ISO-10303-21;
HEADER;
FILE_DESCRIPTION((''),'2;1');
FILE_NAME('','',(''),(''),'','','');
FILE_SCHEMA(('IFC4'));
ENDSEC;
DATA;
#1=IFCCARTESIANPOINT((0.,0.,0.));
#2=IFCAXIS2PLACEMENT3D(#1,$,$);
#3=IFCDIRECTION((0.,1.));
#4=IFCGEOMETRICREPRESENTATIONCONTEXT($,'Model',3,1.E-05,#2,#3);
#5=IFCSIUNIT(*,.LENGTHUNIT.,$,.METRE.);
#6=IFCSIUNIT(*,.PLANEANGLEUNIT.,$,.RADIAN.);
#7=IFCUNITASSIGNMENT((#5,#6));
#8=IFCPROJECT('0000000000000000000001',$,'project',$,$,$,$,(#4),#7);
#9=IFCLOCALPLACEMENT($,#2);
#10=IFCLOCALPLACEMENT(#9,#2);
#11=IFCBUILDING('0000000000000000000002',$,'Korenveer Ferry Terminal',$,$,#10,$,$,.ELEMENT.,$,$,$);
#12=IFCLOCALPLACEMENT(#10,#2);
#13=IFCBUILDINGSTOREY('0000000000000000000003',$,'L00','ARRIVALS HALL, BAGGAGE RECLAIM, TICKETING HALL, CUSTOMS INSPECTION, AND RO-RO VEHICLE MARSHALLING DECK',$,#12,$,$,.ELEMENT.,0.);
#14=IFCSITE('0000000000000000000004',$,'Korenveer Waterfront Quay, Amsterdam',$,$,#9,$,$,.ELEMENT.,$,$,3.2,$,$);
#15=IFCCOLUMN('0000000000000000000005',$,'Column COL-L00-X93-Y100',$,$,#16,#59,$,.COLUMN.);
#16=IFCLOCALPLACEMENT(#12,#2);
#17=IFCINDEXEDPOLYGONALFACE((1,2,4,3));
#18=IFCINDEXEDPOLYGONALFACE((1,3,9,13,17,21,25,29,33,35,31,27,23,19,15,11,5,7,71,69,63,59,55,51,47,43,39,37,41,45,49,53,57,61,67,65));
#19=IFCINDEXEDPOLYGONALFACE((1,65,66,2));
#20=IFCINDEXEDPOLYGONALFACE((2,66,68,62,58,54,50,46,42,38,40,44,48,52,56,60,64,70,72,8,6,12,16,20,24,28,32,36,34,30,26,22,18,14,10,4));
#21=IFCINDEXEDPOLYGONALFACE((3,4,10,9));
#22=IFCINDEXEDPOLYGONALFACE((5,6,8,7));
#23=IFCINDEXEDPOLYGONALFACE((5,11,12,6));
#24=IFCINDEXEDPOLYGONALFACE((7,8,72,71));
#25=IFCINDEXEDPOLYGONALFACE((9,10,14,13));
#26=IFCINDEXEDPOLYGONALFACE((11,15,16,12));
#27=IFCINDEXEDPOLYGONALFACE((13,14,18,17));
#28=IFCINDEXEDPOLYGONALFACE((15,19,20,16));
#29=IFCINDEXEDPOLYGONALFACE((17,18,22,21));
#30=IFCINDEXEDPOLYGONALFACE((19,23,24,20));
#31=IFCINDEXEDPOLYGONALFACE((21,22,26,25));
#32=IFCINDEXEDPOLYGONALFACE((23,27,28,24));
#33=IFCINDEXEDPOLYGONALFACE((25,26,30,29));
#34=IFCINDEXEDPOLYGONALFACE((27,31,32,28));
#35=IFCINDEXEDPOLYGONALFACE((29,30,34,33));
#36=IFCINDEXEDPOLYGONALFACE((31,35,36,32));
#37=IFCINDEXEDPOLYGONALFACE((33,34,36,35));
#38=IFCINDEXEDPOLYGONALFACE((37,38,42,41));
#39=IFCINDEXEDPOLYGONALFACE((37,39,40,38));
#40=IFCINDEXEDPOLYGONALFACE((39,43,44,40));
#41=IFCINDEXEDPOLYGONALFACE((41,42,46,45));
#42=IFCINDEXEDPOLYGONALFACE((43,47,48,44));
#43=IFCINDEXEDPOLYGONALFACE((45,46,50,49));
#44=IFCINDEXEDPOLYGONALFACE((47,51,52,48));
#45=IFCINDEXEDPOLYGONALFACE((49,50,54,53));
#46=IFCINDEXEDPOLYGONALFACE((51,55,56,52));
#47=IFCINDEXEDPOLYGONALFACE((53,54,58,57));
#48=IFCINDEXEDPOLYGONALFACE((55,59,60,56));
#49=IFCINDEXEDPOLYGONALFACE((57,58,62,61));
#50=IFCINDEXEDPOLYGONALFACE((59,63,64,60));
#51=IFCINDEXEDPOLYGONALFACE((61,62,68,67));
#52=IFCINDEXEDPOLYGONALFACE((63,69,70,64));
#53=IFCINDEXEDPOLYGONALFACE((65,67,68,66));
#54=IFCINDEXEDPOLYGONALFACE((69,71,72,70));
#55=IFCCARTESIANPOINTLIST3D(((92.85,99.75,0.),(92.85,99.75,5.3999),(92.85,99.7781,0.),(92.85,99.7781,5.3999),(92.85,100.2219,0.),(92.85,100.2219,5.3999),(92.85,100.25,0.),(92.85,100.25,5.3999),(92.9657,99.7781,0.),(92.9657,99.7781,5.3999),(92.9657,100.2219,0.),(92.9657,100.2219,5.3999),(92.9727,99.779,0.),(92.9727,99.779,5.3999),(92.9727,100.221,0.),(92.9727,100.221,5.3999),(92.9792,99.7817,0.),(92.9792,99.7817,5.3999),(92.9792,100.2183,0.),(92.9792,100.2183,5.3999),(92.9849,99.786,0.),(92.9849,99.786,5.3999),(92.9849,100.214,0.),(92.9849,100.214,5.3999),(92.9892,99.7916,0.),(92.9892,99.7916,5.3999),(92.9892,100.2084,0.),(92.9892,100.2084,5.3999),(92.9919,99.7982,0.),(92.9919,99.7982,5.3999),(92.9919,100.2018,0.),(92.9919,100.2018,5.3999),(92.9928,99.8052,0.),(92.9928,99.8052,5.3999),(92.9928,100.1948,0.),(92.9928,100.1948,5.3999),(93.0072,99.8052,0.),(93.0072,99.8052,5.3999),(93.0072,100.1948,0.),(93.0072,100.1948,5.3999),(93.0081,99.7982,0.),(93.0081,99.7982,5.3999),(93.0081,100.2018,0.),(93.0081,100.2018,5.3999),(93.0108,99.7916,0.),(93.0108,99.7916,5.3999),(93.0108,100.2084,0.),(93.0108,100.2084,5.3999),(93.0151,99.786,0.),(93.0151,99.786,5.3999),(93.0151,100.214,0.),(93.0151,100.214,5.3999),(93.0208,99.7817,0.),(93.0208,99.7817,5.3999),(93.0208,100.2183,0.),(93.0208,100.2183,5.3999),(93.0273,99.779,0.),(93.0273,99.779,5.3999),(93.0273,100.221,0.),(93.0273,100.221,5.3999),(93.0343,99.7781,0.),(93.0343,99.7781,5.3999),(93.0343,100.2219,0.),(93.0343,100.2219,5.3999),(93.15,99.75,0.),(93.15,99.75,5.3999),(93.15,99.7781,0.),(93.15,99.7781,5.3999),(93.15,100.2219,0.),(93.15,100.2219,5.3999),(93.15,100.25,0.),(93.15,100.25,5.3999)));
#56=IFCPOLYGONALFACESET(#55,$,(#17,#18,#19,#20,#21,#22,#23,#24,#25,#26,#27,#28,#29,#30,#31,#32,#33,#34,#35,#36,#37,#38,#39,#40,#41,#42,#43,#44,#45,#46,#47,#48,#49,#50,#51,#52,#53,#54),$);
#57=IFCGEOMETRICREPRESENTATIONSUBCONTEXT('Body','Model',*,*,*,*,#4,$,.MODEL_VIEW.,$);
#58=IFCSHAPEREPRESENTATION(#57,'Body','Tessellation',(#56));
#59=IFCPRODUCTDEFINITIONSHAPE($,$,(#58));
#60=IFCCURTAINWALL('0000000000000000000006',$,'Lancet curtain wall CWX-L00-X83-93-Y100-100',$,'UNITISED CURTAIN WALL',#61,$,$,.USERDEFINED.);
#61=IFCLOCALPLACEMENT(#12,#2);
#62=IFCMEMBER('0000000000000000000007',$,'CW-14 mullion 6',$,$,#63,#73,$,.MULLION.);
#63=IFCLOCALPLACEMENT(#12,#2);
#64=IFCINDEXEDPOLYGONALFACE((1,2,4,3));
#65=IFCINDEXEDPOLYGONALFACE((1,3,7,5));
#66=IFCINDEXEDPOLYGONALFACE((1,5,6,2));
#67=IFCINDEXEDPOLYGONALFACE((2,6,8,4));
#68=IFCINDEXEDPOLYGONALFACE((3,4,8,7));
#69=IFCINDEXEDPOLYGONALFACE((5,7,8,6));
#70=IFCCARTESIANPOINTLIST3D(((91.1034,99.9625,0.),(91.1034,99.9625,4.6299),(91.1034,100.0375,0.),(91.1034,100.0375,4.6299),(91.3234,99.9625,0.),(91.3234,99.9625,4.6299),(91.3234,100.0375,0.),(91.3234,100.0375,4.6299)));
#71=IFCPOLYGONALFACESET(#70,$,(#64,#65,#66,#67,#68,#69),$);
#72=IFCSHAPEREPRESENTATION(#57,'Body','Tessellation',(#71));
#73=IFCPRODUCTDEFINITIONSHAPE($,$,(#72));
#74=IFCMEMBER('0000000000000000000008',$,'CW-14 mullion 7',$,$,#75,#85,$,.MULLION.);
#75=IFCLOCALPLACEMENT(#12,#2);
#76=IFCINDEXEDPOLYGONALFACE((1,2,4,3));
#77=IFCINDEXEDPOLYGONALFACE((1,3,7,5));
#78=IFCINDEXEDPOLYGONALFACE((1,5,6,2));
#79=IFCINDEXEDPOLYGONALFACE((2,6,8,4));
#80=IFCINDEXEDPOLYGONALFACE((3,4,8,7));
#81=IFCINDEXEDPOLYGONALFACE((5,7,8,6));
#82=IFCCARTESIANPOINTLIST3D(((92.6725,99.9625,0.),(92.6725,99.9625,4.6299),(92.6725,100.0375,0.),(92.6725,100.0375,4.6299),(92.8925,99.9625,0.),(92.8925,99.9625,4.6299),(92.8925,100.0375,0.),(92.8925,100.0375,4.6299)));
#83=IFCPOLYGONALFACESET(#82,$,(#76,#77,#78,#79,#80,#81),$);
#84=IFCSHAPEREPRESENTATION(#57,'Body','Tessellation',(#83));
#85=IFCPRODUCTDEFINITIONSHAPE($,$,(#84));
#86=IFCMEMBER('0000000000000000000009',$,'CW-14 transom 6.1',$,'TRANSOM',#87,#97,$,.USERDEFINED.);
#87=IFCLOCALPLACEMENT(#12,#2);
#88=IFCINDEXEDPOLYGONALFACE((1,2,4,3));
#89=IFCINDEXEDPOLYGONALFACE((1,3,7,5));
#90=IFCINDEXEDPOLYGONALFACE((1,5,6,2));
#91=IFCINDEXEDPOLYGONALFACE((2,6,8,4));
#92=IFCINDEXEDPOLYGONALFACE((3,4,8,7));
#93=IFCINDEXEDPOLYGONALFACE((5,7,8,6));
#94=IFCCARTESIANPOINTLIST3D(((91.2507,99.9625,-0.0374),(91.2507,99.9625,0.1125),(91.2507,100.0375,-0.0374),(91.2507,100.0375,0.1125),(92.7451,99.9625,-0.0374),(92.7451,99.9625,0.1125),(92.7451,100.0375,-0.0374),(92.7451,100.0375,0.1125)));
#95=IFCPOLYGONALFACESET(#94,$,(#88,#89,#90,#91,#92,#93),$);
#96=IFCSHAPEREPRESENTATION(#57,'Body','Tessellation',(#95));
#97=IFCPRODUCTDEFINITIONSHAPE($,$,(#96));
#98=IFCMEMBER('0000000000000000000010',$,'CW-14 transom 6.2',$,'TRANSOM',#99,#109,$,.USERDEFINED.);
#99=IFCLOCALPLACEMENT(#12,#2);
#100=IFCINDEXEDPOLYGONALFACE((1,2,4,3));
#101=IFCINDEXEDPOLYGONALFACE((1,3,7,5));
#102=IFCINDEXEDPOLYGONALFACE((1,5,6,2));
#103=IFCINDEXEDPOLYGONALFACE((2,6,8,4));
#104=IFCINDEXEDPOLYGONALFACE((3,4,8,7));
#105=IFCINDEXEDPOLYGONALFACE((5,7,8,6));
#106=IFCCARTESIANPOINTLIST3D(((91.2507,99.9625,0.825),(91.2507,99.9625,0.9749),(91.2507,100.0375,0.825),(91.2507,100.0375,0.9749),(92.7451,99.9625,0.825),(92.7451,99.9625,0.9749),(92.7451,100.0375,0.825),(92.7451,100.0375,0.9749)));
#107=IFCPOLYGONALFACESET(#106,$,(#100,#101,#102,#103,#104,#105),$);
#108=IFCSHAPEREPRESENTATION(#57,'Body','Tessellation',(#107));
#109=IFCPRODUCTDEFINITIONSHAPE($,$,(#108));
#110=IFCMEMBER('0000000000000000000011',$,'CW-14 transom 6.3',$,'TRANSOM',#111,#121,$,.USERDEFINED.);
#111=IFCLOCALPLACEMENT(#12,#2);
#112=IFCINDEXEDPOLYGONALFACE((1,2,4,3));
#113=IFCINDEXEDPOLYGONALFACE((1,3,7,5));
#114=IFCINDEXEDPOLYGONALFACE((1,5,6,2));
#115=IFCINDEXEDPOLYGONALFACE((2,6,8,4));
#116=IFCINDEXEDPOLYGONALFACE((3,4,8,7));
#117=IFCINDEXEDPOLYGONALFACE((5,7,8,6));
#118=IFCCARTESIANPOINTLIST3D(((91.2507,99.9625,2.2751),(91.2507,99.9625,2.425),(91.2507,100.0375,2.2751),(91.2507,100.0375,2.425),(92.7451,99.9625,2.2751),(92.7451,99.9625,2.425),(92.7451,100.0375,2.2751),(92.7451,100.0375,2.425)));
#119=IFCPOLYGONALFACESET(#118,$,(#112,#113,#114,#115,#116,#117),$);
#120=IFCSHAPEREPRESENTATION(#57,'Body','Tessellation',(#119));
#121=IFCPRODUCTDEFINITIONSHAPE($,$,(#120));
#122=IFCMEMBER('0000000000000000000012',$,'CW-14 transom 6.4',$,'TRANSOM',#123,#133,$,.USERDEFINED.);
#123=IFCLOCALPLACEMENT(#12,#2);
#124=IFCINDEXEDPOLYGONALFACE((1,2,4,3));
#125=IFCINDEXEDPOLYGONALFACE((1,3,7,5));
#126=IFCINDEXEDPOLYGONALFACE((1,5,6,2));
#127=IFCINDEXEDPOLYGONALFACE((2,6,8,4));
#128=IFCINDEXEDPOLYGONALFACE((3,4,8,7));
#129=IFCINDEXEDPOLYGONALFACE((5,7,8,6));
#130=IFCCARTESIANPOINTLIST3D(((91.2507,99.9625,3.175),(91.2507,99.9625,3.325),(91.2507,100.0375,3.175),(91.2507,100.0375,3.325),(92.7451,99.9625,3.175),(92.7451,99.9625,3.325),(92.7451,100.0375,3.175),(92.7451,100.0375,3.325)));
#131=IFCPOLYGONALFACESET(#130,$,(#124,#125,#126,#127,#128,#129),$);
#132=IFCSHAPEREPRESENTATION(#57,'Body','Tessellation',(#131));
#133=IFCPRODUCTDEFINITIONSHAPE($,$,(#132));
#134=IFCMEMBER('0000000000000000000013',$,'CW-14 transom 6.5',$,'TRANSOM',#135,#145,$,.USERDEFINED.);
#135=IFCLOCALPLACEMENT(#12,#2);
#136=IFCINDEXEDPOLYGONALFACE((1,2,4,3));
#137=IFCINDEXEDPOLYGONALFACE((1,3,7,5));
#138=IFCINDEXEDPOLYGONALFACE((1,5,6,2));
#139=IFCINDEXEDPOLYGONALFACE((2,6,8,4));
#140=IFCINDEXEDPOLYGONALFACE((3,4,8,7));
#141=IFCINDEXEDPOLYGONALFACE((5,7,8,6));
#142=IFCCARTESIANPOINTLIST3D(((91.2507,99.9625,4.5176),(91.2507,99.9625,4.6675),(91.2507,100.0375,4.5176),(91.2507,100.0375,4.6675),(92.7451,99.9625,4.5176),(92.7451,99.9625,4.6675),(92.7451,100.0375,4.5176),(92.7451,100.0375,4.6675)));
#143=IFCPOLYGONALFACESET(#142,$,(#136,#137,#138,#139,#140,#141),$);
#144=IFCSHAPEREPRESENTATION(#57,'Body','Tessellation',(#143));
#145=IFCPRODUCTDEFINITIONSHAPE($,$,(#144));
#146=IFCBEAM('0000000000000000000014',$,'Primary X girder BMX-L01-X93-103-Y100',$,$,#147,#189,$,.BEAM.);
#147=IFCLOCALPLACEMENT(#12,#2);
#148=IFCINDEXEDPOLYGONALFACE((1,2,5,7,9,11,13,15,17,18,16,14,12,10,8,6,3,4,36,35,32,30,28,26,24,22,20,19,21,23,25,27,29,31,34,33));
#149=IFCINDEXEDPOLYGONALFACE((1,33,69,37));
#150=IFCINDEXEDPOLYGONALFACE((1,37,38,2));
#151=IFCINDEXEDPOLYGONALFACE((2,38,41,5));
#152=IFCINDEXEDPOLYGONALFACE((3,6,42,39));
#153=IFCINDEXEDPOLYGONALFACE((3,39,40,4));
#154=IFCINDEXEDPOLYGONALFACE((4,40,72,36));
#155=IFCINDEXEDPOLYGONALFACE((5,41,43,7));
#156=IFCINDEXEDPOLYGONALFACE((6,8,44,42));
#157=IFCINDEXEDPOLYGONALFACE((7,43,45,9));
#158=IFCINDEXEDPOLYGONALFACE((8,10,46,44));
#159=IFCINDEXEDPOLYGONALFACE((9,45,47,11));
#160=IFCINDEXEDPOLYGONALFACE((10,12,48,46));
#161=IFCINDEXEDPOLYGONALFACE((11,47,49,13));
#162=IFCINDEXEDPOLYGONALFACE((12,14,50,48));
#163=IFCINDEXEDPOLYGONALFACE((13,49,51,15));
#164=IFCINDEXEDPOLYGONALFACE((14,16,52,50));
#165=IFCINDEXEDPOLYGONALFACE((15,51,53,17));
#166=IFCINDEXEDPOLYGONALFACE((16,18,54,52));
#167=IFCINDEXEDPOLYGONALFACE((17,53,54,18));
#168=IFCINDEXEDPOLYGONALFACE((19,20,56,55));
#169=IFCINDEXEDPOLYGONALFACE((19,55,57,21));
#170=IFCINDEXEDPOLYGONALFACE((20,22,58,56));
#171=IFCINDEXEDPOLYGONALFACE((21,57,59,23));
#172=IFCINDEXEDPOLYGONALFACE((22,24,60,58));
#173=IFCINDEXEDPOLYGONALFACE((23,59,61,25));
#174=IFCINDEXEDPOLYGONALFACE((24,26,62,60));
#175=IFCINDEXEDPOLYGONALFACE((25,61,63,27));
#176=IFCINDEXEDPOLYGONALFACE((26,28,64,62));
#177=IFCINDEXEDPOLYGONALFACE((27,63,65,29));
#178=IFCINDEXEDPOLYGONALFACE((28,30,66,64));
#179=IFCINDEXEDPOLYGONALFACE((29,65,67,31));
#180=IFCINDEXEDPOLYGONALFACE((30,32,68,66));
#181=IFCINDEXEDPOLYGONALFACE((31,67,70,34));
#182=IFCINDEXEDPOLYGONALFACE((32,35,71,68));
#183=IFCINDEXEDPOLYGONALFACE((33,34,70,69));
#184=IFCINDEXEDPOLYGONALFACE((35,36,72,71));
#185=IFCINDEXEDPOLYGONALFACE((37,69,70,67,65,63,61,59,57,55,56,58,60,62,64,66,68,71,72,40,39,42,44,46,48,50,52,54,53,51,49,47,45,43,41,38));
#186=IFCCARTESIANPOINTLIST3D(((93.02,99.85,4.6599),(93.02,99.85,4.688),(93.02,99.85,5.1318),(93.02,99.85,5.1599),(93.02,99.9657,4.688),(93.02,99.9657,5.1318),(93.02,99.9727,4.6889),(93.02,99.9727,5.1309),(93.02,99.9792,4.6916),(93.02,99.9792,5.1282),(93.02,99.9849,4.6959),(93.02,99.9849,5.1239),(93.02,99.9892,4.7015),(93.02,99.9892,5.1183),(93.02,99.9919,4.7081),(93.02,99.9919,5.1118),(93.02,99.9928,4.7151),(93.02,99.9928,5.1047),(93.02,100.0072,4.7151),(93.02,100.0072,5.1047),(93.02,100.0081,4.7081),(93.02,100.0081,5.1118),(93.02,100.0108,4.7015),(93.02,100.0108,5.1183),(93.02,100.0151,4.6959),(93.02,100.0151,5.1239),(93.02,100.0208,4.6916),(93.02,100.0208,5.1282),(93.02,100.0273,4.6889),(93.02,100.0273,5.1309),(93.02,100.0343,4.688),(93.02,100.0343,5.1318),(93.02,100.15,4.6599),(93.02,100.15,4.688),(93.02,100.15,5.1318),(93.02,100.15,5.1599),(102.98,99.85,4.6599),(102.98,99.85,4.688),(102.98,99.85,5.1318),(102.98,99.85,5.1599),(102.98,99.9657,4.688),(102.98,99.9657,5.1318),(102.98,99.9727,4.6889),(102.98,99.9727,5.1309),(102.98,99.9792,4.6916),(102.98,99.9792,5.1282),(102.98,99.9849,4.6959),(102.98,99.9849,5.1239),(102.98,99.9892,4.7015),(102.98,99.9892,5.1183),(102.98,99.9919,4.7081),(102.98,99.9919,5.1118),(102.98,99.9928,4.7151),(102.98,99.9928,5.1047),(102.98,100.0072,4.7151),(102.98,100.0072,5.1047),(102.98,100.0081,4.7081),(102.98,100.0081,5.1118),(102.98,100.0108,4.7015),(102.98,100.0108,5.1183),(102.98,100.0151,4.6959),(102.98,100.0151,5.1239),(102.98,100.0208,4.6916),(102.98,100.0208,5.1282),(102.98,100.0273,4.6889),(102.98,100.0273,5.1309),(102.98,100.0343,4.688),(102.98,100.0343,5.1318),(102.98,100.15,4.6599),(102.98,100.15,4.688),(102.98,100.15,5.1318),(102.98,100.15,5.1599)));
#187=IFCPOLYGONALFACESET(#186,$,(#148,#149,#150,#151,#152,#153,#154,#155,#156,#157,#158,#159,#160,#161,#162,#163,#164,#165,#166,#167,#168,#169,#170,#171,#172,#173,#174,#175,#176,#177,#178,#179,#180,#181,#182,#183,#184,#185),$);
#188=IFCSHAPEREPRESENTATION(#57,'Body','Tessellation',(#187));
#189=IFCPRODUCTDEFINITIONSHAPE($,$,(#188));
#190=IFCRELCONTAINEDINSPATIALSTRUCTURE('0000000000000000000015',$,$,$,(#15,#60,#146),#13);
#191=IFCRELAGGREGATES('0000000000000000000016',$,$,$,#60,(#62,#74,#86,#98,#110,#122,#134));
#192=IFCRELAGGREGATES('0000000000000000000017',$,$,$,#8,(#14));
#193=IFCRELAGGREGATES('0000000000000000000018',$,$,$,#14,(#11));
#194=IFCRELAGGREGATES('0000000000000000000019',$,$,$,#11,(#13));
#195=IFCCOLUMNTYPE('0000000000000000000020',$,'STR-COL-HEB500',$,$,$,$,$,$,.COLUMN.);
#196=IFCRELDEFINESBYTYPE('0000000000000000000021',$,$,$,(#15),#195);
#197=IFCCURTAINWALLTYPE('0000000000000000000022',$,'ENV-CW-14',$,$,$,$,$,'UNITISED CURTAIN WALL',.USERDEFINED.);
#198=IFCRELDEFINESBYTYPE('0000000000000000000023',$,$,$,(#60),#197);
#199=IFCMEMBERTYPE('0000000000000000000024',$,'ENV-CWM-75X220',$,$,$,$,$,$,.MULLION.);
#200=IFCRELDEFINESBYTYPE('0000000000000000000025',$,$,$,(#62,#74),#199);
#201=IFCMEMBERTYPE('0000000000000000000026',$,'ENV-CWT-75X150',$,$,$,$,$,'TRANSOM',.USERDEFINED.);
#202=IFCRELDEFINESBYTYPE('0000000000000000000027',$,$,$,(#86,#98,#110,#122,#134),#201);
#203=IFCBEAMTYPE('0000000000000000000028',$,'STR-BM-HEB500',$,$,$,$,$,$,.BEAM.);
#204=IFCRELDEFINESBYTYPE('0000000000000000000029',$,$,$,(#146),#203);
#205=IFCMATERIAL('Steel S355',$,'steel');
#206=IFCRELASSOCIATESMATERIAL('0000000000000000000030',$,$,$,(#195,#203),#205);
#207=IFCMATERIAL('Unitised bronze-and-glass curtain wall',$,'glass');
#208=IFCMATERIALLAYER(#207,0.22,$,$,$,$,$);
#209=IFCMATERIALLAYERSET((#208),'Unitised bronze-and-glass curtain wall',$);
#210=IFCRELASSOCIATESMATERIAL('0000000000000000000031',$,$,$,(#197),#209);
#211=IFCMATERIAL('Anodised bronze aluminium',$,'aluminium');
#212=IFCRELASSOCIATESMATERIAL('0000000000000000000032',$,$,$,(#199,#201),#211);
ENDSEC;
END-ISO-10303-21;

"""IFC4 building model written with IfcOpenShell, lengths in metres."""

from ifc_helpers import new_model, si_unit, direction, frame, origin, origin_2d, place, context, subcontext, project, spatial, rectangle, i_section, extrude, material, layer, layer_set, material_profile, profile_set, type_object, element, aggregate, save


model = new_model("IFC4")

# Units and contexts
model_context = context("Model", 3, precision=1e-05, world=origin(), true_north=direction((0.0, 1.0)))
body_context = subcontext(model_context, "Body", "Model", "MODEL_VIEW")
ifc_project = project(units=[si_unit("LENGTHUNIT", "METRE"), si_unit("PLANEANGLEUNIT", "RADIAN")], contexts=[model_context])

# Site, building, storey
site_placement = place(None, origin())
site = spatial("IfcSite", under=ifc_project, at=site_placement, Name="Korenveer Waterfront Quay, Amsterdam", CompositionType="ELEMENT", RefElevation=3.2)
building_placement = place(site_placement, origin())
building = spatial("IfcBuilding", under=site, at=building_placement, Name="Korenveer Ferry Terminal", CompositionType="ELEMENT")
storey_placement = place(building_placement, origin())
storey = spatial("IfcBuildingStorey", under=building, at=storey_placement, Name="L00", Description="ARRIVALS HALL, BAGGAGE RECLAIM, TICKETING HALL, CUSTOMS INSPECTION, AND RO-RO VEHICLE MARSHALLING DECK", CompositionType="ELEMENT", Elevation=0.0)

# Column
ifc_material_1 = material(Name="Steel S355", Category="steel")
ifc_material_profile_1 = material_profile(ifc_material_1, i_section(OverallWidth=0.3, OverallDepth=0.5, WebThickness=0.0144, FlangeThickness=0.0281, FilletRadius=0.0271, at=origin_2d()), Name="HEB 500")
ifc_profile_set_1 = profile_set([ifc_material_profile_1], Name="Steel S355")
column_type = type_object("IfcColumnType", Name="STR-COL-HEB500", PredefinedType="COLUMN", material=ifc_profile_set_1)
column_placement = place(storey_placement, frame((93.0, 100.0, 0.0), z_axis=(0.0, 0.0, 1.0), x_axis=(1.0, 0.0, 0.0)))
element("IfcColumn", 1, at=column_placement, inside=storey, type_object=column_type, Name="Column COL-L00-X93-Y100", PredefinedType="COLUMN", context=body_context, shape_type="SweptSolid", body=[
    extrude(i_section(OverallWidth=0.3, OverallDepth=0.5, WebThickness=0.0144, FlangeThickness=0.0281, FilletRadius=0.0271, at=origin_2d()), origin(), (0.0, 0.0, 1.0), 5.3999),
])

# Curtain wall, members
ifc_material_2 = material(Name="Unitised bronze-and-glass curtain wall", Category="glass")
ifc_layer_1 = layer(ifc_material_2, 0.22)
ifc_layer_set_1 = layer_set([ifc_layer_1], Name="Unitised bronze-and-glass curtain wall")
curtain_wall_type = type_object("IfcCurtainWallType", Name="ENV-CW-14", ElementType="UNITISED CURTAIN WALL", PredefinedType="USERDEFINED", material=ifc_layer_set_1)
curtain_wall_placement = place(storey_placement, frame((83.1799, 100.0, 0.0)))
curtain_wall = element("IfcCurtainWall", 2, at=curtain_wall_placement, inside=storey, type_object=curtain_wall_type, Name="Lancet curtain wall CWX-L00-X83-93-Y100-100", ObjectType="UNITISED CURTAIN WALL", PredefinedType="USERDEFINED")
ifc_material_3 = material(Name="Anodised bronze aluminium", Category="aluminium")
ifc_material_profile_2 = material_profile(ifc_material_3, rectangle(XDim=0.075, YDim=0.22, at=origin_2d()), Name="ALU 75x220")
ifc_profile_set_2 = profile_set([ifc_material_profile_2], Name="Anodised bronze aluminium")
member_type_1 = type_object("IfcMemberType", Name="ENV-CWM-75X220", PredefinedType="MULLION", material=ifc_profile_set_2)
member_1_placement = place(storey_placement, frame((91.2134, 100.0, 0.0), z_axis=(0.0, 0.0, 1.0), x_axis=(0.0, 1.0, 0.0)))
member_1 = element("IfcMember", 3, at=member_1_placement, type_object=member_type_1, Name="CW-14 mullion 6", PredefinedType="MULLION", context=body_context, shape_type="SweptSolid", body=[
    extrude(rectangle(XDim=0.075, YDim=0.22, at=origin_2d()), origin(), (0.0, 0.0, 1.0), 4.6299),
])
member_2_placement = place(storey_placement, frame((92.7825, 100.0, 0.0), z_axis=(0.0, 0.0, 1.0), x_axis=(0.0, 1.0, 0.0)))
member_2 = element("IfcMember", 4, at=member_2_placement, type_object=member_type_1, Name="CW-14 mullion 7", PredefinedType="MULLION", context=body_context, shape_type="SweptSolid", body=[
    extrude(rectangle(XDim=0.075, YDim=0.22, at=origin_2d()), origin(), (0.0, 0.0, 1.0), 4.6299),
])
ifc_material_profile_3 = material_profile(ifc_material_3, rectangle(XDim=0.075, YDim=0.1499, at=origin_2d()), Name="ALU 75x150")
ifc_profile_set_3 = profile_set([ifc_material_profile_3], Name="Anodised bronze aluminium")
member_type_2 = type_object("IfcMemberType", Name="ENV-CWT-75X150", ElementType="TRANSOM", PredefinedType="USERDEFINED", material=ifc_profile_set_3)
member_3_placement = place(storey_placement, frame((91.2507, 100.0, 0.0376), z_axis=(1.0, 0.0, 0.0), x_axis=(0.0, 1.0, 0.0)))
member_3 = element("IfcMember", 5, at=member_3_placement, type_object=member_type_2, Name="CW-14 transom 6.1", ObjectType="TRANSOM", PredefinedType="USERDEFINED", context=body_context, shape_type="SweptSolid", body=[
    extrude(rectangle(XDim=0.075, YDim=0.1499, at=origin_2d()), origin(), (0.0, 0.0, 1.0), 1.4944),
])
member_4_placement = place(storey_placement, frame((91.2507, 100.0, 0.8999), z_axis=(1.0, 0.0, 0.0), x_axis=(0.0, 1.0, 0.0)))
member_4 = element("IfcMember", 6, at=member_4_placement, type_object=member_type_2, Name="CW-14 transom 6.2", ObjectType="TRANSOM", PredefinedType="USERDEFINED", context=body_context, shape_type="SweptSolid", body=[
    extrude(rectangle(XDim=0.075, YDim=0.1499, at=origin_2d()), origin(), (0.0, 0.0, 1.0), 1.4944),
])
member_5_placement = place(storey_placement, frame((91.2507, 100.0, 2.3501), z_axis=(1.0, 0.0, 0.0), x_axis=(0.0, 1.0, 0.0)))
member_5 = element("IfcMember", 7, at=member_5_placement, type_object=member_type_2, Name="CW-14 transom 6.3", ObjectType="TRANSOM", PredefinedType="USERDEFINED", context=body_context, shape_type="SweptSolid", body=[
    extrude(rectangle(XDim=0.075, YDim=0.1499, at=origin_2d()), origin(), (0.0, 0.0, 1.0), 1.4944),
])
member_6_placement = place(storey_placement, frame((91.2507, 100.0, 3.25), z_axis=(1.0, 0.0, 0.0), x_axis=(0.0, 1.0, 0.0)))
member_6 = element("IfcMember", 8, at=member_6_placement, type_object=member_type_2, Name="CW-14 transom 6.4", ObjectType="TRANSOM", PredefinedType="USERDEFINED", context=body_context, shape_type="SweptSolid", body=[
    extrude(rectangle(XDim=0.075, YDim=0.1499, at=origin_2d()), origin(), (0.0, 0.0, 1.0), 1.4944),
])
member_7_placement = place(storey_placement, frame((91.2507, 100.0, 4.5925), z_axis=(1.0, 0.0, 0.0), x_axis=(0.0, 1.0, 0.0)))
member_7 = element("IfcMember", 9, at=member_7_placement, type_object=member_type_2, Name="CW-14 transom 6.5", ObjectType="TRANSOM", PredefinedType="USERDEFINED", context=body_context, shape_type="SweptSolid", body=[
    extrude(rectangle(XDim=0.075, YDim=0.1499, at=origin_2d()), origin(), (0.0, 0.0, 1.0), 1.4944),
])

# Beam
ifc_material_profile_4 = material_profile(ifc_material_1, i_section(OverallWidth=0.3, OverallDepth=0.5, WebThickness=0.0144, FlangeThickness=0.0281, FilletRadius=0.0271, at=origin_2d()), Name="HEB 500")
ifc_profile_set_4 = profile_set([ifc_material_profile_4], Name="Steel S355")
beam_type = type_object("IfcBeamType", Name="STR-BM-HEB500", PredefinedType="BEAM", material=ifc_profile_set_4)
beam_placement = place(storey_placement, frame((93.02, 100.0, 4.9099), z_axis=(1.0, 0.0, 0.0), x_axis=(0.0, 1.0, 0.0)))
element("IfcBeam", 10, at=beam_placement, inside=storey, type_object=beam_type, Name="Primary X girder BMX-L01-X93-103-Y100", PredefinedType="BEAM", context=body_context, shape_type="SweptSolid", body=[
    extrude(i_section(OverallWidth=0.3, OverallDepth=0.5, WebThickness=0.0144, FlangeThickness=0.0281, FilletRadius=0.0271, at=origin_2d()), origin(), (0.0, 0.0, 1.0), 9.96),
])

aggregate(curtain_wall, [member_1, member_2, member_3, member_4, member_5, member_6, member_7])

save(model, "model.ifc")
